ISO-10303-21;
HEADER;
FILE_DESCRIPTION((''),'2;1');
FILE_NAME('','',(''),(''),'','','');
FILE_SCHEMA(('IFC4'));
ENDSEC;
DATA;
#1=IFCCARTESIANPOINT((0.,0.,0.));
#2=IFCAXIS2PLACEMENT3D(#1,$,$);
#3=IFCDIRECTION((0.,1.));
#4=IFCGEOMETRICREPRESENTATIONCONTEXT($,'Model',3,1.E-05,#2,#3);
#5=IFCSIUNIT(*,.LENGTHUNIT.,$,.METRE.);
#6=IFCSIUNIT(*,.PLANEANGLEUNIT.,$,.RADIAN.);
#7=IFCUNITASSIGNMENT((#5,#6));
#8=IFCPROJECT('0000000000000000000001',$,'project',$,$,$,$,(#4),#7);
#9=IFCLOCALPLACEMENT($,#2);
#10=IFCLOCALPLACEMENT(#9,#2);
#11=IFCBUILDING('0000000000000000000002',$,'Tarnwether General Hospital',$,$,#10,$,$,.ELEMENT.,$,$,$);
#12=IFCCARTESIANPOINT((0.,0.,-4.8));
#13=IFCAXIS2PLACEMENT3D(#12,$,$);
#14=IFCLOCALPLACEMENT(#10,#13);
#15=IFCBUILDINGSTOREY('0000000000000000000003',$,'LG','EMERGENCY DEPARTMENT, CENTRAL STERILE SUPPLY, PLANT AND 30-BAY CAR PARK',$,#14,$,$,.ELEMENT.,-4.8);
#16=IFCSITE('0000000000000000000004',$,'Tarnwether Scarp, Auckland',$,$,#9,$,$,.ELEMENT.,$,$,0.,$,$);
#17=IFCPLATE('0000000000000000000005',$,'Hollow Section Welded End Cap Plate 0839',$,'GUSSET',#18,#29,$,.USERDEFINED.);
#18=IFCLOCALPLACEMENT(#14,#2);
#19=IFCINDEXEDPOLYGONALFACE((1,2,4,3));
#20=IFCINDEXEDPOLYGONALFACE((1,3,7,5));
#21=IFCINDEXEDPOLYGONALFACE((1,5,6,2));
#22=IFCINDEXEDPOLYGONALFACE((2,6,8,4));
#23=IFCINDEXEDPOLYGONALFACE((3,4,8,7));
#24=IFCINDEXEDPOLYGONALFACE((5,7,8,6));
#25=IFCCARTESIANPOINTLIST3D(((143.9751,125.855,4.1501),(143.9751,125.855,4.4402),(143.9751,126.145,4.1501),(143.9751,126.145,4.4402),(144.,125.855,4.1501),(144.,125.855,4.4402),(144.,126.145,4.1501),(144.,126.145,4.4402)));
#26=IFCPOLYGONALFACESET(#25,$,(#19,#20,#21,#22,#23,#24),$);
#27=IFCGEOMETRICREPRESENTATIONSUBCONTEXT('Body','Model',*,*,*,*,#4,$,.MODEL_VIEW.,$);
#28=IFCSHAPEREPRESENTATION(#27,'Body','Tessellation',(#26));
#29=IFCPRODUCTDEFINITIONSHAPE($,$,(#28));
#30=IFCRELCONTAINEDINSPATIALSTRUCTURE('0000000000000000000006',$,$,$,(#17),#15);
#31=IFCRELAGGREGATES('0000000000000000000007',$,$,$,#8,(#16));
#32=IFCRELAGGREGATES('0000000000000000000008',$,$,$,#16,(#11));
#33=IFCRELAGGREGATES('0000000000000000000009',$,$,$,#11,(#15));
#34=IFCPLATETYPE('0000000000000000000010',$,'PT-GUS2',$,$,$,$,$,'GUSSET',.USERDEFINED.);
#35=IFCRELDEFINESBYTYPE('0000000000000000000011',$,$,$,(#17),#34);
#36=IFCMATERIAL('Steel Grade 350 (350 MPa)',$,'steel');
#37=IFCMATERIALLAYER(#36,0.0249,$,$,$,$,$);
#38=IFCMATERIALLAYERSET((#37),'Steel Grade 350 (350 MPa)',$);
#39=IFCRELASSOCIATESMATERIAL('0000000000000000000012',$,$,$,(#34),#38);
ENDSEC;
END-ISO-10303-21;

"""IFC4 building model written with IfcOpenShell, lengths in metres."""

from ifc_helpers import new_model, si_unit, direction, frame, origin, origin_2d, place, context, subcontext, project, spatial, rectangle, extrude, material, layer, layer_set, type_object, element, save


model = new_model("IFC4")

# Units and contexts
model_context = context("Model", 3, precision=1e-05, world=origin(), true_north=direction((0.0, 1.0)))
body_context = subcontext(model_context, "Body", "Model", "MODEL_VIEW")
ifc_project = project(units=[si_unit("LENGTHUNIT", "METRE"), si_unit("PLANEANGLEUNIT", "RADIAN")], contexts=[model_context])

# Site, building, storey
site_placement = place(None, origin())
site = spatial("IfcSite", under=ifc_project, at=site_placement, Name="Tarnwether Scarp, Auckland", CompositionType="ELEMENT", RefElevation=0.0)
building_placement = place(site_placement, origin())
building = spatial("IfcBuilding", under=site, at=building_placement, Name="Tarnwether General Hospital", CompositionType="ELEMENT")
storey_placement = place(building_placement, frame((0.0, 0.0, -4.8)))
storey = spatial("IfcBuildingStorey", under=building, at=storey_placement, Name="LG", Description="EMERGENCY DEPARTMENT, CENTRAL STERILE SUPPLY, PLANT AND 30-BAY CAR PARK", CompositionType="ELEMENT", Elevation=-4.8)

# Plate
ifc_material_1 = material(Name="Steel Grade 350 (350 MPa)", Category="steel")
ifc_layer = layer(ifc_material_1, 0.0249)
ifc_layer_set = layer_set([ifc_layer], Name="Steel Grade 350 (350 MPa)")
plate_type = type_object("IfcPlateType", Name="PT-GUS2", ElementType="GUSSET", PredefinedType="USERDEFINED", material=ifc_layer_set)
plate_1_placement = place(storey_placement, frame((143.9875, 126.0, 4.1501), z_axis=(0.0, 0.0, 1.0), x_axis=(1.0, 0.0, 0.0)))
element("IfcPlate", 1, at=plate_1_placement, inside=storey, type_object=plate_type, Name="Hollow Section Welded End Cap Plate 0839", ObjectType="GUSSET", PredefinedType="USERDEFINED", context=body_context, shape_type="SweptSolid", body=[
    extrude(rectangle(XDim=0.0249, YDim=0.29, at=origin_2d()), origin(), (0.0, 0.0, 1.0), 0.29),
])

save(model, "model.ifc")
